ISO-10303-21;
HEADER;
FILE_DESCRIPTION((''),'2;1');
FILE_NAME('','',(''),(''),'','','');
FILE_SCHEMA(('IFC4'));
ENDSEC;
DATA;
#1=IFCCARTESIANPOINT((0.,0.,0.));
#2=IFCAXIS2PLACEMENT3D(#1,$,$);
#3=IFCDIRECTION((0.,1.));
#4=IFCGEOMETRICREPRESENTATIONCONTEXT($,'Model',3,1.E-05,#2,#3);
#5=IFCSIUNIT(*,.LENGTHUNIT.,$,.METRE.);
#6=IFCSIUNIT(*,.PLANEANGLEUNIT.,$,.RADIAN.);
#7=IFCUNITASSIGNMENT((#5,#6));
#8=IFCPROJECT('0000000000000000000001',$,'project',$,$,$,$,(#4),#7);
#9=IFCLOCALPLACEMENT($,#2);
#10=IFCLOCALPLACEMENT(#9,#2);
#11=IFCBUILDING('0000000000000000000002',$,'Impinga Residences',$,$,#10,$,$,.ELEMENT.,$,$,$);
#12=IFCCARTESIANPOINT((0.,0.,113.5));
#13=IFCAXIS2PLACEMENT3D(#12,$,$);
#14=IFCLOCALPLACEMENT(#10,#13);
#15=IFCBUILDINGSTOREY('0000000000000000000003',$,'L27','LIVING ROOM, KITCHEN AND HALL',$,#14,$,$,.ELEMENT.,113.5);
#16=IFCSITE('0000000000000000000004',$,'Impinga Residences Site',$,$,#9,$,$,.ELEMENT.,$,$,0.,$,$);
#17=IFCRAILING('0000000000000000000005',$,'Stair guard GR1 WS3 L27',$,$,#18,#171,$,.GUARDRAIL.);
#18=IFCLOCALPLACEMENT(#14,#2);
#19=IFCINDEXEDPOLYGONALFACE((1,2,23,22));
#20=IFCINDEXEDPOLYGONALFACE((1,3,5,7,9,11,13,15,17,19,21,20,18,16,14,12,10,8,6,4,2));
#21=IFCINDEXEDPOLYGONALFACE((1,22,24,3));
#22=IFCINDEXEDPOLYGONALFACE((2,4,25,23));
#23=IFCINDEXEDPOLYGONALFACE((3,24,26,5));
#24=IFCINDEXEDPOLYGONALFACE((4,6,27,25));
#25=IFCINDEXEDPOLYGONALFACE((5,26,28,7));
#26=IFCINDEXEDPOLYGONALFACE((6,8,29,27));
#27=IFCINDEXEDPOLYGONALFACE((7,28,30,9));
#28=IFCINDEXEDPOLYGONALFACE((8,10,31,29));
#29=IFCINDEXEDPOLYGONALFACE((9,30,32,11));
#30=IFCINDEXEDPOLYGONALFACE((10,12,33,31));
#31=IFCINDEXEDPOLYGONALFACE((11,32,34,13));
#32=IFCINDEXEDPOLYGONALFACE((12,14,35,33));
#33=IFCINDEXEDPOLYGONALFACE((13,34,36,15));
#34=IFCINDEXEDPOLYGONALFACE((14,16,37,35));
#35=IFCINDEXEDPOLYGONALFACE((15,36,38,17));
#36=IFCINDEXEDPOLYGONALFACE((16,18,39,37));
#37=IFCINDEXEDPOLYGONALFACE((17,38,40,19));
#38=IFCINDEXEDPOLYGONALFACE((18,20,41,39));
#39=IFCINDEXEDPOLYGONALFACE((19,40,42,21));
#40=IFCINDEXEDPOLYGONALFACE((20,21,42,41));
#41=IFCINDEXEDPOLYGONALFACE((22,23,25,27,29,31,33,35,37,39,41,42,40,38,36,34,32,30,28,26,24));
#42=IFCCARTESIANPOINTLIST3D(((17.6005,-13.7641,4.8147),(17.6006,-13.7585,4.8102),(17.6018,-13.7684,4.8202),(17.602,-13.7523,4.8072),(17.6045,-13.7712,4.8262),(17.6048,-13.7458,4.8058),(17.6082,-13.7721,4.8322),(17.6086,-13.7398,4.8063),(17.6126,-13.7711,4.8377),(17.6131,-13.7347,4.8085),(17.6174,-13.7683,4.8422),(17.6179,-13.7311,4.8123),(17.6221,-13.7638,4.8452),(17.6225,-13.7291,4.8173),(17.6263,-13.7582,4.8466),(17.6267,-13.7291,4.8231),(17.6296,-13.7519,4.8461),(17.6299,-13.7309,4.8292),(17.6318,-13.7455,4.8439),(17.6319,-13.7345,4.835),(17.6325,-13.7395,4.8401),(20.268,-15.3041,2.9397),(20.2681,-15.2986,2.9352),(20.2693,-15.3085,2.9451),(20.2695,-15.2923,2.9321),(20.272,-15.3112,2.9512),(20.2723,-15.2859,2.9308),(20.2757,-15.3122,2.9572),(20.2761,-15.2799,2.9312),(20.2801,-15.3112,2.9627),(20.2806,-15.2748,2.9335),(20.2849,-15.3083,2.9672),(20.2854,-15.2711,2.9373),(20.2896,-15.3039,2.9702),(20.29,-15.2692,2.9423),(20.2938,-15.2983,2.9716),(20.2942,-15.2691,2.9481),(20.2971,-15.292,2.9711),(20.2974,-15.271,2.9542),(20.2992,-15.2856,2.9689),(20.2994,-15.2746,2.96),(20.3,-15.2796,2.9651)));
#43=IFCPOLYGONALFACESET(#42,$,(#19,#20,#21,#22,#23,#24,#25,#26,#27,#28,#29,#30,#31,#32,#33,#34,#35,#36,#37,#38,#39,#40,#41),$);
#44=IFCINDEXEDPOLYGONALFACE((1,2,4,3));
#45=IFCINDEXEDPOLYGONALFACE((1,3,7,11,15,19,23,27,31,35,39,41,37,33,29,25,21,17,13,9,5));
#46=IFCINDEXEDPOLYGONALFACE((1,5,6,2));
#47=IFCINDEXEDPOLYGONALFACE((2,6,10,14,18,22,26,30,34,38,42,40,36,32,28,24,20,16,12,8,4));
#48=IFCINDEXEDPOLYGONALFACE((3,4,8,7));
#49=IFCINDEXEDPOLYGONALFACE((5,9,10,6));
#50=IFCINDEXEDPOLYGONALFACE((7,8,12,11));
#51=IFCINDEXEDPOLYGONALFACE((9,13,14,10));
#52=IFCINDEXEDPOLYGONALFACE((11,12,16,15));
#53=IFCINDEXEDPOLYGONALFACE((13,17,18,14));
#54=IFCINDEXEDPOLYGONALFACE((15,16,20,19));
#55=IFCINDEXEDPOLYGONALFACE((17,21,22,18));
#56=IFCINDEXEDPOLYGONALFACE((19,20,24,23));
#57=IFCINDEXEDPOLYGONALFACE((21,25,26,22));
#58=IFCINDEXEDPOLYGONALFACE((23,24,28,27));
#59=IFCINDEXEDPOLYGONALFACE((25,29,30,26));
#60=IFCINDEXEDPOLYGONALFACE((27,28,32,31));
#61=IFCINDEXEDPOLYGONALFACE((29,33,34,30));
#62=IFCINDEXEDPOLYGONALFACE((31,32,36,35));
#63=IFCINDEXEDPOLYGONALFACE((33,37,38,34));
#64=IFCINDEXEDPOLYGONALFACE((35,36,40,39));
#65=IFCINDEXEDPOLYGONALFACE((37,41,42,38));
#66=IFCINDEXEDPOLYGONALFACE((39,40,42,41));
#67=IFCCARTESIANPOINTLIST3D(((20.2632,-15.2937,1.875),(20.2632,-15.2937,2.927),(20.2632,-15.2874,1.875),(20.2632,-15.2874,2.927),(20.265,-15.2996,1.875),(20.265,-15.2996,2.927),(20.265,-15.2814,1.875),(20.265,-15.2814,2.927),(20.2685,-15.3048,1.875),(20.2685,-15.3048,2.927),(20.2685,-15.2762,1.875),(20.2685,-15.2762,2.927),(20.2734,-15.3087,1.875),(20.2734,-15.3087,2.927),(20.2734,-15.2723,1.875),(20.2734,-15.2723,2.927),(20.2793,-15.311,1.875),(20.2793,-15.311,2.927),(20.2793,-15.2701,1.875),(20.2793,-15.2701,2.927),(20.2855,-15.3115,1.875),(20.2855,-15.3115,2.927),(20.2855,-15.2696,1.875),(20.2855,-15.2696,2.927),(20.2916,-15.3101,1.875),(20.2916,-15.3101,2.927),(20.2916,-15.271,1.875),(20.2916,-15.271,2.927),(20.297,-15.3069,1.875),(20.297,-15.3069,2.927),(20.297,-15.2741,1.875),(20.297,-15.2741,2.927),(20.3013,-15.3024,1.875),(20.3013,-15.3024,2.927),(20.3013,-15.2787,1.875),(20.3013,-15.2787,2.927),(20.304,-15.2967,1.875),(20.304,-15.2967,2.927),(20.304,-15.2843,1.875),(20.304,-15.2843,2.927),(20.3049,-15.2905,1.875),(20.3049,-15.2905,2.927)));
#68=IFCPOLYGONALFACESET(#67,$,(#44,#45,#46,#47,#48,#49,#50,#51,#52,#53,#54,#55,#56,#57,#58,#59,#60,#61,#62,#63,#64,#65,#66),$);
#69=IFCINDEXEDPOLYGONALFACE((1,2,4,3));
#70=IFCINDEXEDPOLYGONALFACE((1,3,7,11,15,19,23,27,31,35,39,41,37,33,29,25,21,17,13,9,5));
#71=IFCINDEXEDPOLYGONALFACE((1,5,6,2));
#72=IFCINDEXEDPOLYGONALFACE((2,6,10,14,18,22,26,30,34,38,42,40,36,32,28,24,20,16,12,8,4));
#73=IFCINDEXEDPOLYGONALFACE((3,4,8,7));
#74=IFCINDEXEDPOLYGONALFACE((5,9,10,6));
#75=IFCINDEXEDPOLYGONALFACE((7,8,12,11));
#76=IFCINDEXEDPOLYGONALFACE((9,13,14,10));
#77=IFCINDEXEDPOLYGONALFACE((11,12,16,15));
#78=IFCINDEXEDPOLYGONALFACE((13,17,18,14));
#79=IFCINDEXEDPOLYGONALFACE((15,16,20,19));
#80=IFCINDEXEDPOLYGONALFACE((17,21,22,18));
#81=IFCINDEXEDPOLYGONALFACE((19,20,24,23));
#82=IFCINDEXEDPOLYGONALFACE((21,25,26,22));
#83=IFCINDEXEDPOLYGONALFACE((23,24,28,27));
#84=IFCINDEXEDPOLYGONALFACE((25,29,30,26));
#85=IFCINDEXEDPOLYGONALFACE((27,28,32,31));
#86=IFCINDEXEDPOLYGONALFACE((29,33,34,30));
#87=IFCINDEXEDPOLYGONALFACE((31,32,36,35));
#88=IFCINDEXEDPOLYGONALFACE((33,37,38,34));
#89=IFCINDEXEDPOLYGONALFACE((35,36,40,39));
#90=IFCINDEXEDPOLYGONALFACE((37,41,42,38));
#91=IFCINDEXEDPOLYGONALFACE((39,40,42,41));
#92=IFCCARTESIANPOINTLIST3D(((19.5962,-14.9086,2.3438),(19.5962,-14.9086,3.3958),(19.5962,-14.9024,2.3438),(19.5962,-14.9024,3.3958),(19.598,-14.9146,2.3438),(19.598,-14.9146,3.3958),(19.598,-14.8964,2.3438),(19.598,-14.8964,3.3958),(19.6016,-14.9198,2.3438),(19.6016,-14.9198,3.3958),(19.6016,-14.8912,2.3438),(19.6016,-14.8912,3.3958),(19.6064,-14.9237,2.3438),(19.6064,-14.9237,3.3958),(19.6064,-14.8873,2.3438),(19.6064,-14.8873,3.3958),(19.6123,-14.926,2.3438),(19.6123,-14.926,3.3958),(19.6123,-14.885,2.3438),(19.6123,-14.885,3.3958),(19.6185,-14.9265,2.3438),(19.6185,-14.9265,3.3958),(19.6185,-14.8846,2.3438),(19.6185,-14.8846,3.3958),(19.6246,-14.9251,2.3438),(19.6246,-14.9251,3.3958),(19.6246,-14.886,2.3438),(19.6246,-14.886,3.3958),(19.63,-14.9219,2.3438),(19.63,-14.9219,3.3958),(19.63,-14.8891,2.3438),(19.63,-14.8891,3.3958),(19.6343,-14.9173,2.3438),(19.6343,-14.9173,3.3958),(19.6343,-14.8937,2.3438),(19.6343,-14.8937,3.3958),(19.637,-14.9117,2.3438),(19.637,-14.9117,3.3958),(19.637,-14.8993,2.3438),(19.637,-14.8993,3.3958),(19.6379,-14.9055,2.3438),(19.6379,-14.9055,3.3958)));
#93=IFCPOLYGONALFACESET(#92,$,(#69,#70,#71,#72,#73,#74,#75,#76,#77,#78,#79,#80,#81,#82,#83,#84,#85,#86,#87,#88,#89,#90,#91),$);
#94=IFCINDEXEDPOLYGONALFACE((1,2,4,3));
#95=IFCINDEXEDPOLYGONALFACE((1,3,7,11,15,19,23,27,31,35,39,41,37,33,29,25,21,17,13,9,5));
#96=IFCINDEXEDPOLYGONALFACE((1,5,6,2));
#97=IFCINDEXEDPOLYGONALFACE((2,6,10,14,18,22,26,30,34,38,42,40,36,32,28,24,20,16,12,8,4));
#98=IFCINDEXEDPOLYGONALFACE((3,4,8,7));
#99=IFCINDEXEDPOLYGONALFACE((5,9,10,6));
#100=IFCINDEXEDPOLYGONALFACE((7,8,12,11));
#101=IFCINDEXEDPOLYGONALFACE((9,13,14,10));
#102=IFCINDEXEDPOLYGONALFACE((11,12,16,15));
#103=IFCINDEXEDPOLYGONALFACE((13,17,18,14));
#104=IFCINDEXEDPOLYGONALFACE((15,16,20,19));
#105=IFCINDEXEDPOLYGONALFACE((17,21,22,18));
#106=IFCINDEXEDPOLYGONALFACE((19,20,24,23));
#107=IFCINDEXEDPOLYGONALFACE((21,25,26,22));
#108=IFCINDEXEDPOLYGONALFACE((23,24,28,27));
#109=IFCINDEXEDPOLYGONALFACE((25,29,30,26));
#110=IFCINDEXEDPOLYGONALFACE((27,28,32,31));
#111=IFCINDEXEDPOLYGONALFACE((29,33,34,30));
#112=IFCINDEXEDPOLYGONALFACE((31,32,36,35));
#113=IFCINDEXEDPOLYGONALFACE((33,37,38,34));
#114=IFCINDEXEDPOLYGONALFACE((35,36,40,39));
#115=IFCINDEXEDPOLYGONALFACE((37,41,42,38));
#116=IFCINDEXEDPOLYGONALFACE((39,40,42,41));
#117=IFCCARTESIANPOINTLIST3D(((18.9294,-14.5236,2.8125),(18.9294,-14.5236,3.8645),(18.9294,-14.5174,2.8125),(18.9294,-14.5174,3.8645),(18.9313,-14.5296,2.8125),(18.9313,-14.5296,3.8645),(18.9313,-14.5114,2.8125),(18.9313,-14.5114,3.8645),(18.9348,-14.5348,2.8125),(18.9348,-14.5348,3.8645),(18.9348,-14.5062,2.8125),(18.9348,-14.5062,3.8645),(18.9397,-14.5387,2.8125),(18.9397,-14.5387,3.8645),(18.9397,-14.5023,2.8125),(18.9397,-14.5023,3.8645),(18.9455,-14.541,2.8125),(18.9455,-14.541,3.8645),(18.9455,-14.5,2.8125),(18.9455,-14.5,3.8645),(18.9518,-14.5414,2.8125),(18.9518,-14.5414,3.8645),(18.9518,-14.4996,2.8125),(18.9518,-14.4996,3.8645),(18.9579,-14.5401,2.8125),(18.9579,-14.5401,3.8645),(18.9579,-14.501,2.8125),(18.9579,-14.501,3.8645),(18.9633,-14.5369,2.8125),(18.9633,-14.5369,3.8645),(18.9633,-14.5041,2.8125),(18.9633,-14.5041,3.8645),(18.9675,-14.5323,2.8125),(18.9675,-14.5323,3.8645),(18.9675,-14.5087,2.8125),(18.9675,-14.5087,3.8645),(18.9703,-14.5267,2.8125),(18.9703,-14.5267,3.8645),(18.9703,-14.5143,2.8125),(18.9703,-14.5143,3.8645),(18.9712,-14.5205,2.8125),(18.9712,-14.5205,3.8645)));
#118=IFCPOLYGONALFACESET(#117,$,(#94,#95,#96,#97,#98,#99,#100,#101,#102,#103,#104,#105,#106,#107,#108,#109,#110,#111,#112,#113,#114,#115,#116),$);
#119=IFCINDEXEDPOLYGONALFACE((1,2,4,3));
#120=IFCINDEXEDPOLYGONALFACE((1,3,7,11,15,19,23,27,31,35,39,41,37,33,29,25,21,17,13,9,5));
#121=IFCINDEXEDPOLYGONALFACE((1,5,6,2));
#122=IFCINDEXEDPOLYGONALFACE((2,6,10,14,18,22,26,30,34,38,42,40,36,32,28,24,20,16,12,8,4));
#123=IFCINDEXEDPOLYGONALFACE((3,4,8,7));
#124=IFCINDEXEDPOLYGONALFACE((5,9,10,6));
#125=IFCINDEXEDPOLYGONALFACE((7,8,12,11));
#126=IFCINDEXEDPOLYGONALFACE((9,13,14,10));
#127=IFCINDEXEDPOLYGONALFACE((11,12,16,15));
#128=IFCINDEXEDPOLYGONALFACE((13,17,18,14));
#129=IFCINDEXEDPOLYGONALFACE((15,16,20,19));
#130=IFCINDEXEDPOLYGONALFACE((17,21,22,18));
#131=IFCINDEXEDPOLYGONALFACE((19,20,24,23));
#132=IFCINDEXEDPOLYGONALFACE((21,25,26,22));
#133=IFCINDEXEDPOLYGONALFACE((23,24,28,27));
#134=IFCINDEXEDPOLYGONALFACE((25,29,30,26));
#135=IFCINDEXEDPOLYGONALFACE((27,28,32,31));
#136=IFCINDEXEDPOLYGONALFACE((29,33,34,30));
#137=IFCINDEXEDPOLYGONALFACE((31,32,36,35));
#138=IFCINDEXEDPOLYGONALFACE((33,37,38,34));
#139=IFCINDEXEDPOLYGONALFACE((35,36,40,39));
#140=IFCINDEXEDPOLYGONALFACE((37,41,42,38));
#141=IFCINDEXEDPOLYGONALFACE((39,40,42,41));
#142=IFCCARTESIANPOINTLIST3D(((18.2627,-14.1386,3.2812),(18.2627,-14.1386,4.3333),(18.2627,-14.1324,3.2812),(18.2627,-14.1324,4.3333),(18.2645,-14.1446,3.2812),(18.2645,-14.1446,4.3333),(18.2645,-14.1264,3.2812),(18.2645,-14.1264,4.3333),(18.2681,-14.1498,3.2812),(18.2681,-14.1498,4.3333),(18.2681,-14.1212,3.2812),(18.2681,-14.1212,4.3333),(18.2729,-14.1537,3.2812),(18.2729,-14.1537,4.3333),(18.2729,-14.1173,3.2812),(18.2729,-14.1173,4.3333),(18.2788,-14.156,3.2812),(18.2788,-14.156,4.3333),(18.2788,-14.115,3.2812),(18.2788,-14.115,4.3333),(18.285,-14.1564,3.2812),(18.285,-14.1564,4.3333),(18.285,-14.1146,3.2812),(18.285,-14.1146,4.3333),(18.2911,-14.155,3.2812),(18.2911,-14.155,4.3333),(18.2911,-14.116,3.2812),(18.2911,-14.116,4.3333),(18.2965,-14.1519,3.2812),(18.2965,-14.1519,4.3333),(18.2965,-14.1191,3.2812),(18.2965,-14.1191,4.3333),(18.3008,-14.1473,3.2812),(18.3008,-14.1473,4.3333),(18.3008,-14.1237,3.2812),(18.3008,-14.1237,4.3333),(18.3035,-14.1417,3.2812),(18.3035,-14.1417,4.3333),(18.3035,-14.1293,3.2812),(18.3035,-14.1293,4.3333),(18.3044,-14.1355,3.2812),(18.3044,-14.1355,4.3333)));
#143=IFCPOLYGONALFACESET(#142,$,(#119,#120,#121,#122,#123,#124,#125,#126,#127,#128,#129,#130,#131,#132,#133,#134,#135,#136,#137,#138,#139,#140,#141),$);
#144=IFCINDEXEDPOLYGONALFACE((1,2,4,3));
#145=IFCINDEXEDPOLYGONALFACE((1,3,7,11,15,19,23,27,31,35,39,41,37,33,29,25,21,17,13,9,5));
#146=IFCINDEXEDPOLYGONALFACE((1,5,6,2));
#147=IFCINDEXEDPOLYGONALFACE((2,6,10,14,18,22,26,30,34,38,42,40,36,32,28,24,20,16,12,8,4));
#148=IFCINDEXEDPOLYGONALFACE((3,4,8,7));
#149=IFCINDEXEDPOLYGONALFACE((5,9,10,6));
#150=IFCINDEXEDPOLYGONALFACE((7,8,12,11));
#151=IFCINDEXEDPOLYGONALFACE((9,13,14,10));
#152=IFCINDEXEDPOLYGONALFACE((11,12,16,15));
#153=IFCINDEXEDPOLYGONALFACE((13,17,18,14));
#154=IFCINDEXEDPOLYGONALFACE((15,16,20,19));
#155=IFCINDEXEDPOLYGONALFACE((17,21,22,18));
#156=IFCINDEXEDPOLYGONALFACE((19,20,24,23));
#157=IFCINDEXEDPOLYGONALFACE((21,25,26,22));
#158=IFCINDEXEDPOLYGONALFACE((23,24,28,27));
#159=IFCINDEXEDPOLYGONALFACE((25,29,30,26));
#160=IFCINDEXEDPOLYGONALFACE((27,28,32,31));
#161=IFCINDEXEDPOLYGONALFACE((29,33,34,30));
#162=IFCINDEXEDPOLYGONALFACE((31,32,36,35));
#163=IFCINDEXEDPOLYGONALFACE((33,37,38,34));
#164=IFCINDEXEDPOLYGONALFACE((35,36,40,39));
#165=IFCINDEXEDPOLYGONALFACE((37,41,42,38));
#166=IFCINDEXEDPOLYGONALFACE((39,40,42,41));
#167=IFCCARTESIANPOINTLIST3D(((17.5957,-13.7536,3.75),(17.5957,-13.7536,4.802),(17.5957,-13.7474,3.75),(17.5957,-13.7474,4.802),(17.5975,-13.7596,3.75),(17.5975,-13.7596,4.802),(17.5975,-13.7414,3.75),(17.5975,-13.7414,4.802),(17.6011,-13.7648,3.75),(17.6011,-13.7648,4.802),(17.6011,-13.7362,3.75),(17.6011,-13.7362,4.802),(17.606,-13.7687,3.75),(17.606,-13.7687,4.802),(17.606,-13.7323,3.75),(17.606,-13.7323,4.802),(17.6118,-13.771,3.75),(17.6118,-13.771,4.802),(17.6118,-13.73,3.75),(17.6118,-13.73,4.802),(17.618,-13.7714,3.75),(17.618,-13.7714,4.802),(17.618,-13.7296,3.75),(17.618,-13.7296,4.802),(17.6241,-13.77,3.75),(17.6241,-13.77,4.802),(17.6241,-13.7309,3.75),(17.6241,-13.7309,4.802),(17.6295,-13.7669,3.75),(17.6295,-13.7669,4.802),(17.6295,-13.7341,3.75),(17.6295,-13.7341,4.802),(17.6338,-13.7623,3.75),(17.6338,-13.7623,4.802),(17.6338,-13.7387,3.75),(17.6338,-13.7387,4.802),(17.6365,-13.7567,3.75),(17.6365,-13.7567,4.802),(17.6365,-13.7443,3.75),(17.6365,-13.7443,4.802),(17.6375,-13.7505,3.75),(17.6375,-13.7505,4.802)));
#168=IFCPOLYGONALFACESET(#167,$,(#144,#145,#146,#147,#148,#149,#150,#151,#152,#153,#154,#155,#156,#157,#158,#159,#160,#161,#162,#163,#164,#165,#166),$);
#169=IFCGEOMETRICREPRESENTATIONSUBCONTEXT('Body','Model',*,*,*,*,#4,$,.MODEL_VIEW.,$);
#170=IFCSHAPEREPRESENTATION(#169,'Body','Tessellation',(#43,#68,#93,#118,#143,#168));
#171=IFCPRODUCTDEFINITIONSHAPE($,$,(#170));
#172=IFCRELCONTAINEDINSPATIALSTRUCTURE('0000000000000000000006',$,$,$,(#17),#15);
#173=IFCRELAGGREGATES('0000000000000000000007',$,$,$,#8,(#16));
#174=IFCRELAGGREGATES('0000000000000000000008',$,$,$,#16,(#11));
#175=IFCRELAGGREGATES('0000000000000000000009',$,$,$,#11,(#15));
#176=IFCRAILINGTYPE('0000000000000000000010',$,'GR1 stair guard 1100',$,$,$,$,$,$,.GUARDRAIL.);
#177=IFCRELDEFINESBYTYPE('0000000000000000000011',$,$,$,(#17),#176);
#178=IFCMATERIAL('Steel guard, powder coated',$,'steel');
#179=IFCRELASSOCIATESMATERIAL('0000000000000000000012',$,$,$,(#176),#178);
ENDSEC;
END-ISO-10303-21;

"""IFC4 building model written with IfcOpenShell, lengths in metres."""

from ifc_helpers import new_model, si_unit, direction, frame, origin, origin_2d, place, context, subcontext, project, spatial, circle, extrude, material, type_object, element, save


model = new_model("IFC4")

# Units and contexts
model_context = context("Model", 3, precision=1e-05, world=origin(), true_north=direction((0.0, 1.0)))
body_context = subcontext(model_context, "Body", "Model", "MODEL_VIEW")
ifc_project = project(units=[si_unit("LENGTHUNIT", "METRE"), si_unit("PLANEANGLEUNIT", "RADIAN")], contexts=[model_context])

# Site, building, storey
site_placement = place(None, origin())
site = spatial("IfcSite", under=ifc_project, at=site_placement, Name="Impinga Residences Site", CompositionType="ELEMENT", RefElevation=0.0)
building_placement = place(site_placement, origin())
building = spatial("IfcBuilding", under=site, at=building_placement, Name="Impinga Residences", CompositionType="ELEMENT")
storey_placement = place(building_placement, frame((0.0, 0.0, 113.5)))
storey = spatial("IfcBuildingStorey", under=building, at=storey_placement, Name="L27", Description="LIVING ROOM, KITCHEN AND HALL", CompositionType="ELEMENT", Elevation=113.5)

# Railing
ifc_material_1 = material(Name="Steel guard, powder coated", Category="steel")
railing_type_1 = type_object("IfcRailingType", Name="GR1 stair guard 1100", PredefinedType="GUARDRAIL", material=ifc_material_1)
railing_1_placement = place(storey_placement, frame((20.2839, -15.2905, 1.875)))
element("IfcRailing", 1, at=railing_1_placement, inside=storey, type_object=railing_type_1, Name="Stair guard GR1 WS3 L27", PredefinedType="GUARDRAIL", context=body_context, shape_type="SweptSolid", body=[
    extrude(circle(Radius=0.0239, at=origin_2d()), frame((0.0, 0.0, 1.0762), z_axis=(-0.739746, 0.427084, 0.519975), x_axis=(-0.499992, -0.86603, 0.0)), (0.0, 0.0, 1.0), 3.606),
    extrude(circle(Radius=0.021, at=origin_2d()), origin(), (0.0, 0.0, 1.0), 1.052),
    extrude(circle(Radius=0.021, at=origin_2d()), frame((-0.667, 0.385, 0.4688)), (0.0, 0.0, 1.0), 1.052),
    extrude(circle(Radius=0.021, at=origin_2d()), frame((-1.3337, 0.77, 0.9375)), (0.0, 0.0, 1.0), 1.052),
    extrude(circle(Radius=0.021, at=origin_2d()), frame((-2.0005, 1.155, 1.4062)), (0.0, 0.0, 1.0), 1.052),
    extrude(circle(Radius=0.021, at=origin_2d()), frame((-2.6675, 1.54, 1.875)), (0.0, 0.0, 1.0), 1.052),
])

save(model, "model.ifc")
